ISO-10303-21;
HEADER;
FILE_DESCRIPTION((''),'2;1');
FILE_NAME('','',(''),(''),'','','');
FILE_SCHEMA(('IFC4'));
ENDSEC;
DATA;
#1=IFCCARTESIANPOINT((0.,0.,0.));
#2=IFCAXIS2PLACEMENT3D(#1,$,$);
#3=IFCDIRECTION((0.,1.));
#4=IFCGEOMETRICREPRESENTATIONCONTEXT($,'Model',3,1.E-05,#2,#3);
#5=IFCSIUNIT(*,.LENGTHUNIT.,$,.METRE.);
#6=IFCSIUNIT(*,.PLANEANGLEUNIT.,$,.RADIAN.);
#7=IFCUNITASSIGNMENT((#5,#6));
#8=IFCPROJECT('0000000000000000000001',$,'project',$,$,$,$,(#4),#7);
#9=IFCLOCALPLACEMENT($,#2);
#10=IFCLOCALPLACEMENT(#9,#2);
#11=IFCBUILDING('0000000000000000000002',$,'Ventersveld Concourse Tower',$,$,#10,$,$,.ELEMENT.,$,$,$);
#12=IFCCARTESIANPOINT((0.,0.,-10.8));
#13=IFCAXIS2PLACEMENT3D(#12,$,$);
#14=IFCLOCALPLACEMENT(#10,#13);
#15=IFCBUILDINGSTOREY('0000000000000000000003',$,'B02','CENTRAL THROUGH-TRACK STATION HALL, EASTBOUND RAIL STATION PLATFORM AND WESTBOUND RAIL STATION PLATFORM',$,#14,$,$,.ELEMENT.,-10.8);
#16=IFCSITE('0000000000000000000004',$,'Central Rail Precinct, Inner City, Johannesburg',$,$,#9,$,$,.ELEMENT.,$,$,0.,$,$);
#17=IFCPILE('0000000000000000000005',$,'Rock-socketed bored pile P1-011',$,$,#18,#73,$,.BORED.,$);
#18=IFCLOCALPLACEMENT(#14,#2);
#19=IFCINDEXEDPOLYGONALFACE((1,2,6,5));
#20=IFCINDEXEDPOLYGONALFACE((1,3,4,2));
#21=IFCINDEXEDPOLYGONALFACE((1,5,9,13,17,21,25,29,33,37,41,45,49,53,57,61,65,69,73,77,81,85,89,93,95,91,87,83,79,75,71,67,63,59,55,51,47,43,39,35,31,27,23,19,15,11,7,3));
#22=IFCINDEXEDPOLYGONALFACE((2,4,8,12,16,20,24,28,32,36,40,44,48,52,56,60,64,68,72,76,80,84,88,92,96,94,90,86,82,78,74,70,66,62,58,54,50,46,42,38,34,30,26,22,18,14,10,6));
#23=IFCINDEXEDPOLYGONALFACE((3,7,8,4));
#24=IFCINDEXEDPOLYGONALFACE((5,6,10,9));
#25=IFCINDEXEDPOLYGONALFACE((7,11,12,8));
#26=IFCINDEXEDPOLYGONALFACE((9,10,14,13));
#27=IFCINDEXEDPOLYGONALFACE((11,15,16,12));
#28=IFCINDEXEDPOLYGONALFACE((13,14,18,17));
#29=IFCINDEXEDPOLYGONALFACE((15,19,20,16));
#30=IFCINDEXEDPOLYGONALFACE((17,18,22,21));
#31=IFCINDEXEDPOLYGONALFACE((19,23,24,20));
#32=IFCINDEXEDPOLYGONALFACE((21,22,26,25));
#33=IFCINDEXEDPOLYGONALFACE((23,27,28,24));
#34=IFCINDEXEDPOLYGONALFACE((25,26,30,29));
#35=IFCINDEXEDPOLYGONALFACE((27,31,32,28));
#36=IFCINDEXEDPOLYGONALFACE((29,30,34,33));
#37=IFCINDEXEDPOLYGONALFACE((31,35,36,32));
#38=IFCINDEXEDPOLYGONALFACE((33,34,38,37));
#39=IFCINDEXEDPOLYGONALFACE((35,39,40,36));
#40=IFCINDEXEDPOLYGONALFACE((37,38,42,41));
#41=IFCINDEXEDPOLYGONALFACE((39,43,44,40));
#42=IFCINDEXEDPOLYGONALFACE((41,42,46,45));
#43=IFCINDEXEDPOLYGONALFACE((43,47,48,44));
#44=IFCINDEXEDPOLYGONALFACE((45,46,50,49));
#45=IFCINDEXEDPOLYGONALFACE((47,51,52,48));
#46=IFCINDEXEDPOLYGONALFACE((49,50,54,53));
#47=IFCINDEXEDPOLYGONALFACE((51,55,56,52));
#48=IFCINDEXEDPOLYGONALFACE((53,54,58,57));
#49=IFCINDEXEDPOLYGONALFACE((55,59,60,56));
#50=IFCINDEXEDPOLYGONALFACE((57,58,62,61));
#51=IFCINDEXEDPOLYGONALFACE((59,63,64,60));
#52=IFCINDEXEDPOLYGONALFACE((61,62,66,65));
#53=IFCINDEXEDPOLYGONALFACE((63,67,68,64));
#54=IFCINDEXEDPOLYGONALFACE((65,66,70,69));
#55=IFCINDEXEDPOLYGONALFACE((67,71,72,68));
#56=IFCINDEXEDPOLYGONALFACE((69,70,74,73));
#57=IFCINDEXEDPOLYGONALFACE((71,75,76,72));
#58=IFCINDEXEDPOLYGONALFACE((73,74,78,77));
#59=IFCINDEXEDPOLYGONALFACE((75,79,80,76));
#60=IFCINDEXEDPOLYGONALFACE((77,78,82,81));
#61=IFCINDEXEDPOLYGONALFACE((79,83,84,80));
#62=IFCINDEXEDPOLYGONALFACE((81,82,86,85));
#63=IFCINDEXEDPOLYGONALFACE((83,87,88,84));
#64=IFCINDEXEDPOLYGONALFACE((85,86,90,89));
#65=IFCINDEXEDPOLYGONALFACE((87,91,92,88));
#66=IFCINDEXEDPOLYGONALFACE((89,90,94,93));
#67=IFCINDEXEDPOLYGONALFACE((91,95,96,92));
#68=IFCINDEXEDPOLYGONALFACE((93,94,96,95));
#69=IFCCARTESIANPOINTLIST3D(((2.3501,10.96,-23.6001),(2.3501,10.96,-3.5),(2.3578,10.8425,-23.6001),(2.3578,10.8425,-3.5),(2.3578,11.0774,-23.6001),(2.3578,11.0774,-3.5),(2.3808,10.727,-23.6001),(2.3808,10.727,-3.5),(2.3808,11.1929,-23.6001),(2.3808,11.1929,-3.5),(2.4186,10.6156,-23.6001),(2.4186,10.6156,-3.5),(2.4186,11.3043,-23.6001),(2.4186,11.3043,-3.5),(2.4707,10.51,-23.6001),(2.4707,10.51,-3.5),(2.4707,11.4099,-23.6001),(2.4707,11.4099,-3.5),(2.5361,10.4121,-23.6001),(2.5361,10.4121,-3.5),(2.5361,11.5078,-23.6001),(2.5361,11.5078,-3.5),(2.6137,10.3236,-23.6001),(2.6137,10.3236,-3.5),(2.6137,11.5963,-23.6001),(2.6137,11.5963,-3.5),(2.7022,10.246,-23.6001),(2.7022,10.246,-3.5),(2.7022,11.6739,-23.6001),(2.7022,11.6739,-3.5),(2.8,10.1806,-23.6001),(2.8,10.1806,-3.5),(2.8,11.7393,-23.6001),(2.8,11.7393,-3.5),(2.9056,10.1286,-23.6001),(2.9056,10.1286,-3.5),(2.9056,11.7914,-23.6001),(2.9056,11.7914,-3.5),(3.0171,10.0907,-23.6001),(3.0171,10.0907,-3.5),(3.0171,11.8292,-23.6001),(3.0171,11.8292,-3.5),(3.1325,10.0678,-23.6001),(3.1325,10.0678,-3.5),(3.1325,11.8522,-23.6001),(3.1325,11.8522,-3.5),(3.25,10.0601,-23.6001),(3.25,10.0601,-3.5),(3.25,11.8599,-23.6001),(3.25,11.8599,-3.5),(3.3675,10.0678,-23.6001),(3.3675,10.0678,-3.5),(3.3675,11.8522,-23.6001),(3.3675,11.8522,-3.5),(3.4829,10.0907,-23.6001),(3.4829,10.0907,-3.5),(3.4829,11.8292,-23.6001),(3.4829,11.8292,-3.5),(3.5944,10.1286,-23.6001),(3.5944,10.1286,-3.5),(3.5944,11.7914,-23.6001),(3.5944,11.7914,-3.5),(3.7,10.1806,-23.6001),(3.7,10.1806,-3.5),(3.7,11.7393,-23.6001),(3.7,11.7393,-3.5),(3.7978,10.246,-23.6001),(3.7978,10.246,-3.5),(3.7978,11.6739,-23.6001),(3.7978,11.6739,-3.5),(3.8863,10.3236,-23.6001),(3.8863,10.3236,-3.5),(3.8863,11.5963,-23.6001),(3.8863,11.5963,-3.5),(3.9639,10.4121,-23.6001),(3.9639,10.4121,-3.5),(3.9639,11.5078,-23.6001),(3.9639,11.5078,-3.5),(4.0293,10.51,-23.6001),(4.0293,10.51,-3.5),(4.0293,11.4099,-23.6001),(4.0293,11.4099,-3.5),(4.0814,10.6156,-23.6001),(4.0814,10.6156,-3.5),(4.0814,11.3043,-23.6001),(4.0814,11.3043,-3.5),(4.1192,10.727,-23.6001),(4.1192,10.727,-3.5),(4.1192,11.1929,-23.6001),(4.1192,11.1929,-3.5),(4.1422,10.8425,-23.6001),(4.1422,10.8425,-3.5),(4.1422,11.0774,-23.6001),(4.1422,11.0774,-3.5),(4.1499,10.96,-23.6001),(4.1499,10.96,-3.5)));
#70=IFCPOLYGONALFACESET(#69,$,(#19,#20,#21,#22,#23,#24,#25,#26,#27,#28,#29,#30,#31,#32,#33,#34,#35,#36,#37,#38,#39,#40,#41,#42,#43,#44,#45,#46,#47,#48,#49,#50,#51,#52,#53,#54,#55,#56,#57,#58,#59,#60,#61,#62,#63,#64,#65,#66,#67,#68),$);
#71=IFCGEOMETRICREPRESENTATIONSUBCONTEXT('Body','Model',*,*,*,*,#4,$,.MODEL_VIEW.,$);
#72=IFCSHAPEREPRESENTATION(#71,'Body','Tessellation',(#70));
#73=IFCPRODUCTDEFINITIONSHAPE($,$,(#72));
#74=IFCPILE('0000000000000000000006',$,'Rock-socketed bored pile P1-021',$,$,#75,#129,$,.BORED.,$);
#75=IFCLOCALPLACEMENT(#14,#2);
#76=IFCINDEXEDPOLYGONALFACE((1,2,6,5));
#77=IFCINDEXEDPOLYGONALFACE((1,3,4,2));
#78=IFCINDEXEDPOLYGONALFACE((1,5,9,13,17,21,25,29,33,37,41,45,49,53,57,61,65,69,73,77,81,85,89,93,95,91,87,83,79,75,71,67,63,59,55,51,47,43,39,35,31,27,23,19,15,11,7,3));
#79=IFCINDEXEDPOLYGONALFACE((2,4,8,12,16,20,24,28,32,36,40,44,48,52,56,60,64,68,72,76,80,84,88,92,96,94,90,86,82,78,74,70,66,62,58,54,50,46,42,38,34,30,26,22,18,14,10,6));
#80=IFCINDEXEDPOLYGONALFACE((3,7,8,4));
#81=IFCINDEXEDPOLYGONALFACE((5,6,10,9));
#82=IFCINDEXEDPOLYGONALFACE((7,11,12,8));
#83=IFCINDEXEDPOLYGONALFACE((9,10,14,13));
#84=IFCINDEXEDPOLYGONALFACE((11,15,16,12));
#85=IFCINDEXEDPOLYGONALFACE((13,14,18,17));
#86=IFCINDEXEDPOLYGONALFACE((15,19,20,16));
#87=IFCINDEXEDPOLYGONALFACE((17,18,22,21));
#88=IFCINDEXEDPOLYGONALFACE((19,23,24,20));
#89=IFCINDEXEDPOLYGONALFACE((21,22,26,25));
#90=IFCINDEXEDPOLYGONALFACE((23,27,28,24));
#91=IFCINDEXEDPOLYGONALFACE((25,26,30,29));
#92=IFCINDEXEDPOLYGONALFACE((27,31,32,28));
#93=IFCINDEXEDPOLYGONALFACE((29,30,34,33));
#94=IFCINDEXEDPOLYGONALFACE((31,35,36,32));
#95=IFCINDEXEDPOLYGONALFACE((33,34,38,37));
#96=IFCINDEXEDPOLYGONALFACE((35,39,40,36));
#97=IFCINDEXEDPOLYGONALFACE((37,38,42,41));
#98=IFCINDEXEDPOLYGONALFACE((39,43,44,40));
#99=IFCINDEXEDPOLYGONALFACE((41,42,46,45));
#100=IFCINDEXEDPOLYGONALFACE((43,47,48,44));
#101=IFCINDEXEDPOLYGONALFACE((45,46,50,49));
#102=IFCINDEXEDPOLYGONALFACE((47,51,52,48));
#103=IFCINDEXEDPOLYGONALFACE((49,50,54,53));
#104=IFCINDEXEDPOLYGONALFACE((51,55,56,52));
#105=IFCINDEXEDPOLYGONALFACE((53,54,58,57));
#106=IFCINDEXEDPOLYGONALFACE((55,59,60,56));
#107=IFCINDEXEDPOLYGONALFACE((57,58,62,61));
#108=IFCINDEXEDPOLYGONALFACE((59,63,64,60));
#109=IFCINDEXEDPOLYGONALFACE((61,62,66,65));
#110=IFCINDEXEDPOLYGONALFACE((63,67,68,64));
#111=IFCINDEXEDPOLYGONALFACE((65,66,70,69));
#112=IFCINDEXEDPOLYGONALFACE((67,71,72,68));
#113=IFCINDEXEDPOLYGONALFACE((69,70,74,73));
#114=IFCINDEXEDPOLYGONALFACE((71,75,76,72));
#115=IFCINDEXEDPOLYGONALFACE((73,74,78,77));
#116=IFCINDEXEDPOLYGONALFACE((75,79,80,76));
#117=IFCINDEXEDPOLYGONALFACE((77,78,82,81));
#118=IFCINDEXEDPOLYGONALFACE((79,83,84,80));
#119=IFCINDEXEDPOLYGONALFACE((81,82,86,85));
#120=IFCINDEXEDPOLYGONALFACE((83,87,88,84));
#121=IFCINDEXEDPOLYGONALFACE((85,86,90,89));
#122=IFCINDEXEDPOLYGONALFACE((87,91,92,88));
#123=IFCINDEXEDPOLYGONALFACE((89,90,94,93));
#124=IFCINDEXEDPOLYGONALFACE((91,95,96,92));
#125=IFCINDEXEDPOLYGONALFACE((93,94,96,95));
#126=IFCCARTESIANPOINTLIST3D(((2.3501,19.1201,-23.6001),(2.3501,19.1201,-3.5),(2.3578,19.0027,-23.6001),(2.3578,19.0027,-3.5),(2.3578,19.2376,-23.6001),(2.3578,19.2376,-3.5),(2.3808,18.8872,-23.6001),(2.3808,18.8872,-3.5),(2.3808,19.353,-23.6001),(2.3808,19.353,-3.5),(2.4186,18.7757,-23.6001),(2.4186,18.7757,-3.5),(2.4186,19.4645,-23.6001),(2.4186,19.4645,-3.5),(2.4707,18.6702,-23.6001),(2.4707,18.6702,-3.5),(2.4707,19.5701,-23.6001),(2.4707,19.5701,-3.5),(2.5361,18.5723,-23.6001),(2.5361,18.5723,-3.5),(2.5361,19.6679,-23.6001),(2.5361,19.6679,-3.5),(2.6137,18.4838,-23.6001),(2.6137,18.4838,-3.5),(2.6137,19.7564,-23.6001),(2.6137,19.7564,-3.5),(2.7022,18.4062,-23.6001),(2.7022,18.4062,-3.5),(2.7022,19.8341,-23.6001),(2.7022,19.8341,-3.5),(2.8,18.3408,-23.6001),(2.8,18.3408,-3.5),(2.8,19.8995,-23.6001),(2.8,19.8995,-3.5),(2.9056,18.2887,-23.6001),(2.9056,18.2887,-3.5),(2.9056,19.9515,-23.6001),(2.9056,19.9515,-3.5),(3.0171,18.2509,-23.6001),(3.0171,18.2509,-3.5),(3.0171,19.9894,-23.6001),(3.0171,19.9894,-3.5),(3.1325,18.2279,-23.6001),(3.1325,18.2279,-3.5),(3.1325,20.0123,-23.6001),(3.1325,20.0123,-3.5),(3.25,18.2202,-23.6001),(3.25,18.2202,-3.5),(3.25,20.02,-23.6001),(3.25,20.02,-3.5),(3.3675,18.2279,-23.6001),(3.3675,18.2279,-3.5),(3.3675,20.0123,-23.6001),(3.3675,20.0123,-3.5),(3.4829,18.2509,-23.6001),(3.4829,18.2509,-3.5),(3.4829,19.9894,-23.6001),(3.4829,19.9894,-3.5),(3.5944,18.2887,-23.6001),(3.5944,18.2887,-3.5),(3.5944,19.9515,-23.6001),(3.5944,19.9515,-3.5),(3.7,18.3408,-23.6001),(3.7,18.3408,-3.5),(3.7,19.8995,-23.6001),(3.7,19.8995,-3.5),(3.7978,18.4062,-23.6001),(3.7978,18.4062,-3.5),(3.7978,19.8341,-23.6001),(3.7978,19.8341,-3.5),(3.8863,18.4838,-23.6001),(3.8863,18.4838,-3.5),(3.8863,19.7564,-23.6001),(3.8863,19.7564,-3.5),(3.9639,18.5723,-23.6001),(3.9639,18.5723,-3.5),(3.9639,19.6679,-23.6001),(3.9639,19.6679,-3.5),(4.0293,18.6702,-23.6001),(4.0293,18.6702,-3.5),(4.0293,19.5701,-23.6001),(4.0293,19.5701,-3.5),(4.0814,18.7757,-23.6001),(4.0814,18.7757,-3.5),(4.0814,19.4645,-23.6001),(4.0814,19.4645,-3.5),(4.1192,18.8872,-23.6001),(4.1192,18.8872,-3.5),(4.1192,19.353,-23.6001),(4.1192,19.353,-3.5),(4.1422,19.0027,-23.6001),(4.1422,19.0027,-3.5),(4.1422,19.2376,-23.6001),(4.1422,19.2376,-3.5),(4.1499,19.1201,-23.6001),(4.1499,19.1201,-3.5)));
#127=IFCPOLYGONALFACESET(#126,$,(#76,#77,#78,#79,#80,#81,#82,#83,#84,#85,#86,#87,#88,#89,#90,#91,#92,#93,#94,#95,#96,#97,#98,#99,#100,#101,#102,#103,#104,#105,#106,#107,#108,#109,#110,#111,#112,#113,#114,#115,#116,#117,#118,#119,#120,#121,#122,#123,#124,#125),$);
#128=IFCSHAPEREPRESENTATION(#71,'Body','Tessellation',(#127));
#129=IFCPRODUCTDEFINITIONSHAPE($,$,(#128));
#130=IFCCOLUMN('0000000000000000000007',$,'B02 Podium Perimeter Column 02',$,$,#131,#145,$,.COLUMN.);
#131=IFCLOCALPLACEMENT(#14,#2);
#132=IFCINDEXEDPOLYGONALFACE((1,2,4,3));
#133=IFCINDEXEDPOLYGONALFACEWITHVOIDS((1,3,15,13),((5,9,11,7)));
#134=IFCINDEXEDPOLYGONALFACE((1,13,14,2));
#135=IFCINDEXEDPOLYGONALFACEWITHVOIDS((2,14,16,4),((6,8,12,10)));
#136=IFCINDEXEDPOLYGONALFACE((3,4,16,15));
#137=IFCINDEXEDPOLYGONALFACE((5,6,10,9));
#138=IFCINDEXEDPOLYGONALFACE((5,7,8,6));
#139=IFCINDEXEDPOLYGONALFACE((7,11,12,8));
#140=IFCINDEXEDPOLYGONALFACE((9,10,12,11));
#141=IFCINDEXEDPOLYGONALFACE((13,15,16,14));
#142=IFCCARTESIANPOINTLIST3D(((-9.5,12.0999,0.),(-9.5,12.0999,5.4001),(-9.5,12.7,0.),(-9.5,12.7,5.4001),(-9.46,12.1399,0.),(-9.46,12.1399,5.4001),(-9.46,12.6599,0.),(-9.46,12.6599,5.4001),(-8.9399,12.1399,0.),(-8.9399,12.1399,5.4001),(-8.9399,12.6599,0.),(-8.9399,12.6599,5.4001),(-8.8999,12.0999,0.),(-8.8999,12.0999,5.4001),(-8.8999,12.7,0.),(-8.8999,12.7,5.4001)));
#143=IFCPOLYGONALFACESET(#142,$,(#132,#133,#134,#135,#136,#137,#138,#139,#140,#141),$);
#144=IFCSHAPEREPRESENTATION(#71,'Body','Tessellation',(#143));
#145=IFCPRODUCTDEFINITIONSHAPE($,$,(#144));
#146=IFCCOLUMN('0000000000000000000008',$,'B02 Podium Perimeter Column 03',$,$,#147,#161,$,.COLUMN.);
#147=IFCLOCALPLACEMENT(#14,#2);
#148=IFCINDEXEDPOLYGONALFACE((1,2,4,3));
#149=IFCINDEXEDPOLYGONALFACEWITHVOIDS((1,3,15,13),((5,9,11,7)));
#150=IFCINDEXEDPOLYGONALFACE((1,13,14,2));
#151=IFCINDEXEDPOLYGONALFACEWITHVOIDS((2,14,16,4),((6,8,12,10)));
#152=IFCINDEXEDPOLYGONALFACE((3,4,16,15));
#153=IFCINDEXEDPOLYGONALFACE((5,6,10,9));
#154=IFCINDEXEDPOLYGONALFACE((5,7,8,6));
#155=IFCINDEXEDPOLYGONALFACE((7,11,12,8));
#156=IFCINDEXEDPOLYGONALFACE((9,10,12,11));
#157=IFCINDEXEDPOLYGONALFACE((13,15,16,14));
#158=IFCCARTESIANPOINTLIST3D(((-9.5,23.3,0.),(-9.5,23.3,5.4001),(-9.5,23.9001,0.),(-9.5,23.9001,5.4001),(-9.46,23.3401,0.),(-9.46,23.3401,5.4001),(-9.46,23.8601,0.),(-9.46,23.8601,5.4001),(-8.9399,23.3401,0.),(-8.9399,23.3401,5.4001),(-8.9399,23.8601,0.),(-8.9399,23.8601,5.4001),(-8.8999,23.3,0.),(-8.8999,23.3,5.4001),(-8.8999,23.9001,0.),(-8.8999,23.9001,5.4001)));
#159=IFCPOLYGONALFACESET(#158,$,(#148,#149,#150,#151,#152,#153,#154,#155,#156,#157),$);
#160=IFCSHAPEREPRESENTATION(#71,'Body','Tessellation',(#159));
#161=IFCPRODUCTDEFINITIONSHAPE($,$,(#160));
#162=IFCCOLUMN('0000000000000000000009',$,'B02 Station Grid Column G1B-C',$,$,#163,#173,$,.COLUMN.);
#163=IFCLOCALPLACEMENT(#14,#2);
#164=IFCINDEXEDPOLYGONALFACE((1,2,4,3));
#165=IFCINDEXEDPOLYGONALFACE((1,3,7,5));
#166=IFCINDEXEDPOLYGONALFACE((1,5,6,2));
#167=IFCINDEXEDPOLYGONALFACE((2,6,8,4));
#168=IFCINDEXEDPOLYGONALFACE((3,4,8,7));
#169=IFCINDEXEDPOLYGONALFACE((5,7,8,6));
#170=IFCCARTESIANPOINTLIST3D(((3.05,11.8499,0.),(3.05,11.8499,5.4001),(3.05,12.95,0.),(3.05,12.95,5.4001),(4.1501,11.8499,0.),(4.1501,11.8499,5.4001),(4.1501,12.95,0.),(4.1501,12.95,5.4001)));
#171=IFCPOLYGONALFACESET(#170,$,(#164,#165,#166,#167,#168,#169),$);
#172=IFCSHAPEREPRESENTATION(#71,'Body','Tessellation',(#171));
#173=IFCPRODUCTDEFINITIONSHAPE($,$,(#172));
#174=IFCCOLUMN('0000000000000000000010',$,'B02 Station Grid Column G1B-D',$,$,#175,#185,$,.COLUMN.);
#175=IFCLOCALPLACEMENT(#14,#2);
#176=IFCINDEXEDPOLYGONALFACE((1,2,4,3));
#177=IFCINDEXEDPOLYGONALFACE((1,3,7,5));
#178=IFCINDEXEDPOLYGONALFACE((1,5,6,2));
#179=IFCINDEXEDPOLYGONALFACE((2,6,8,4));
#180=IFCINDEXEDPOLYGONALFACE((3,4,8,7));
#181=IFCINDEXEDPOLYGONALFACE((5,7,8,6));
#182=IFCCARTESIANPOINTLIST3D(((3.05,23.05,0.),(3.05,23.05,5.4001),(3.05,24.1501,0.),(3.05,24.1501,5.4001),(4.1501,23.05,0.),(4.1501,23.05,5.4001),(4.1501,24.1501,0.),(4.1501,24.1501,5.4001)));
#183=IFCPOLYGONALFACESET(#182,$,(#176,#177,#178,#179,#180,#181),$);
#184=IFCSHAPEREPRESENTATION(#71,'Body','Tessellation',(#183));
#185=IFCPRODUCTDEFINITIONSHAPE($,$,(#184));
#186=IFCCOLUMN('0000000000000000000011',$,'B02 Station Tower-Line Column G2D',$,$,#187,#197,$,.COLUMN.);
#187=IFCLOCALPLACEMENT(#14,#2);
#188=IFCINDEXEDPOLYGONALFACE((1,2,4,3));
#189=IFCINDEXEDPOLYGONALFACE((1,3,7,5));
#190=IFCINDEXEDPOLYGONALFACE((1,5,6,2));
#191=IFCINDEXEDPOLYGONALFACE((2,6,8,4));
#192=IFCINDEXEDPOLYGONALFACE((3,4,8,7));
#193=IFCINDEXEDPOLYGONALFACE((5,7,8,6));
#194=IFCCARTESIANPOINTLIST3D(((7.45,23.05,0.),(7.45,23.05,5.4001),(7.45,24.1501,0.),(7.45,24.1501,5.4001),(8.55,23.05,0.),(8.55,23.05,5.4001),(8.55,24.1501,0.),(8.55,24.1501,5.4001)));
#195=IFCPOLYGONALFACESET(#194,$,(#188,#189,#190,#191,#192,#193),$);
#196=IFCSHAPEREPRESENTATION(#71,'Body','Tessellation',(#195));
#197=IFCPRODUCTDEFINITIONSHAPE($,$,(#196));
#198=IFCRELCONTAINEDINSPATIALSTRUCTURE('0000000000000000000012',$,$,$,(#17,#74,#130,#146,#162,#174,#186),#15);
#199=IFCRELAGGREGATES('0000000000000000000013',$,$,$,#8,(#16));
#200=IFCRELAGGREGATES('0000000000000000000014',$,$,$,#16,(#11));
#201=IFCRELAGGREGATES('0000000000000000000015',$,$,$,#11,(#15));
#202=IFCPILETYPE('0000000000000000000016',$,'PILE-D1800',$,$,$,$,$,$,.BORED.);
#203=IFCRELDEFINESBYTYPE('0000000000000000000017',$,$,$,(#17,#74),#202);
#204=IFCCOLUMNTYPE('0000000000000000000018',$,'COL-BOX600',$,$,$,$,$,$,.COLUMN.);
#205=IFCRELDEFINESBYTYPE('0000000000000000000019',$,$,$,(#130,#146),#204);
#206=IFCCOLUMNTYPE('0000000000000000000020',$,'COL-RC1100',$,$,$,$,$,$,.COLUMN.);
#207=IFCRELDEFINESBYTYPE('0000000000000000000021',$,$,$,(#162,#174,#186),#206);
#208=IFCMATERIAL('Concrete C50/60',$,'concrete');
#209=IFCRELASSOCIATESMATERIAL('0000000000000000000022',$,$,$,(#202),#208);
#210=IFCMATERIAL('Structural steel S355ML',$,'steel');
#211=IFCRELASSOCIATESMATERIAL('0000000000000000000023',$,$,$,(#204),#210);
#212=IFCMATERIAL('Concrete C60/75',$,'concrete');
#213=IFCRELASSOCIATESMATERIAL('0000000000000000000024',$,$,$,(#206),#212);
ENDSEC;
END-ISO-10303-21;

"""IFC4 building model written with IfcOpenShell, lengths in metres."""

from ifc_helpers import new_model, si_unit, direction, frame, origin, origin_2d, place, context, subcontext, project, spatial, rectangle, hollow_rectangle, circle, extrude, material, material_profile, profile_set, type_object, element, save


model = new_model("IFC4")

# Units and contexts
model_context = context("Model", 3, precision=1e-05, world=origin(), true_north=direction((0.0, 1.0)))
body_context = subcontext(model_context, "Body", "Model", "MODEL_VIEW")
ifc_project = project(units=[si_unit("LENGTHUNIT", "METRE"), si_unit("PLANEANGLEUNIT", "RADIAN")], contexts=[model_context])

# Site, building, storey
site_placement = place(None, origin())
site = spatial("IfcSite", under=ifc_project, at=site_placement, Name="Central Rail Precinct, Inner City, Johannesburg", CompositionType="ELEMENT", RefElevation=0.0)
building_placement = place(site_placement, origin())
building = spatial("IfcBuilding", under=site, at=building_placement, Name="Ventersveld Concourse Tower", CompositionType="ELEMENT")
storey_placement = place(building_placement, frame((0.0, 0.0, -10.8)))
storey = spatial("IfcBuildingStorey", under=building, at=storey_placement, Name="B02", Description="CENTRAL THROUGH-TRACK STATION HALL, EASTBOUND RAIL STATION PLATFORM AND WESTBOUND RAIL STATION PLATFORM", CompositionType="ELEMENT", Elevation=-10.8)

# Shared definitions
ifc_material_1 = material(Name="Concrete C50/60", Category="concrete")

# Piles
ifc_material_profile_1 = material_profile(ifc_material_1, circle(Radius=0.8999, at=origin_2d()), Name="PILE D1800")
ifc_profile_set_1 = profile_set([ifc_material_profile_1], Name="Concrete C50/60")
pile_type_1 = type_object("IfcPileType", Name="PILE-D1800", PredefinedType="BORED", material=ifc_profile_set_1)
for number, where, z_axis, x_axis, name in (
    (1, (3.25, 10.96, -3.5), (0.0, 0.0, -1.0), (1.0, 0.0, 0.0), "Rock-socketed bored pile P1-011"),
    (2, (3.25, 19.1201, -3.5), (0.0, 0.0, -1.0), (1.0, 0.0, 0.0), "Rock-socketed bored pile P1-021"),
):
    element("IfcPile", number, at=place(storey_placement, frame(where, z_axis=z_axis, x_axis=x_axis)), inside=storey, type_object=pile_type_1, Name=name, PredefinedType="BORED", context=body_context, shape_type="SweptSolid", body=[
        extrude(circle(Radius=0.8999, at=origin_2d()), origin(), (0.0, 0.0, 1.0), 20.1001),
    ])

# Columns
ifc_material_2 = material(Name="Structural steel S355ML", Category="steel")
ifc_material_profile_2 = material_profile(ifc_material_2, hollow_rectangle(XDim=0.6001, YDim=0.6001, WallThickness=0.04, at=origin_2d()), Name="BOX 600x600x40")
ifc_profile_set_2 = profile_set([ifc_material_profile_2], Name="Structural steel S355ML")
column_type_1 = type_object("IfcColumnType", Name="COL-BOX600", PredefinedType="COLUMN", material=ifc_profile_set_2)
for number, where, z_axis, x_axis, name in (
    (3, (-9.2, 12.3999, 0.0), (0.0, 0.0, 1.0), (1.0, 0.0, 0.0), "B02 Podium Perimeter Column 02"),
    (4, (-9.2, 23.6001, 0.0), (0.0, 0.0, 1.0), (1.0, 0.0, 0.0), "B02 Podium Perimeter Column 03"),
):
    element("IfcColumn", number, at=place(storey_placement, frame(where, z_axis=z_axis, x_axis=x_axis)), inside=storey, type_object=column_type_1, Name=name, PredefinedType="COLUMN", context=body_context, shape_type="SweptSolid", body=[
        extrude(hollow_rectangle(XDim=0.6001, YDim=0.6001, WallThickness=0.04, at=origin_2d()), origin(), (0.0, 0.0, 1.0), 5.4001),
    ])
ifc_material_3 = material(Name="Concrete C60/75", Category="concrete")
ifc_material_profile_3 = material_profile(ifc_material_3, rectangle(XDim=1.1001, YDim=1.1001, at=origin_2d()), Name="RC 1100x1100")
ifc_profile_set_3 = profile_set([ifc_material_profile_3], Name="Concrete C60/75")
column_type_2 = type_object("IfcColumnType", Name="COL-RC1100", PredefinedType="COLUMN", material=ifc_profile_set_3)
for number, where, z_axis, x_axis, name in (
    (5, (3.6001, 12.3999, 0.0), (0.0, 0.0, 1.0), (1.0, 0.0, 0.0), "B02 Station Grid Column G1B-C"),
    (6, (3.6001, 23.6001, 0.0), (0.0, 0.0, 1.0), (1.0, 0.0, 0.0), "B02 Station Grid Column G1B-D"),
    (7, (8.0, 23.6001, 0.0), (0.0, 0.0, 1.0), (1.0, 0.0, 0.0), "B02 Station Tower-Line Column G2D"),
):
    element("IfcColumn", number, at=place(storey_placement, frame(where, z_axis=z_axis, x_axis=x_axis)), inside=storey, type_object=column_type_2, Name=name, PredefinedType="COLUMN", context=body_context, shape_type="SweptSolid", body=[
        extrude(rectangle(XDim=1.1001, YDim=1.1001, at=origin_2d()), origin(), (0.0, 0.0, 1.0), 5.4001),
    ])

save(model, "model.ifc")
